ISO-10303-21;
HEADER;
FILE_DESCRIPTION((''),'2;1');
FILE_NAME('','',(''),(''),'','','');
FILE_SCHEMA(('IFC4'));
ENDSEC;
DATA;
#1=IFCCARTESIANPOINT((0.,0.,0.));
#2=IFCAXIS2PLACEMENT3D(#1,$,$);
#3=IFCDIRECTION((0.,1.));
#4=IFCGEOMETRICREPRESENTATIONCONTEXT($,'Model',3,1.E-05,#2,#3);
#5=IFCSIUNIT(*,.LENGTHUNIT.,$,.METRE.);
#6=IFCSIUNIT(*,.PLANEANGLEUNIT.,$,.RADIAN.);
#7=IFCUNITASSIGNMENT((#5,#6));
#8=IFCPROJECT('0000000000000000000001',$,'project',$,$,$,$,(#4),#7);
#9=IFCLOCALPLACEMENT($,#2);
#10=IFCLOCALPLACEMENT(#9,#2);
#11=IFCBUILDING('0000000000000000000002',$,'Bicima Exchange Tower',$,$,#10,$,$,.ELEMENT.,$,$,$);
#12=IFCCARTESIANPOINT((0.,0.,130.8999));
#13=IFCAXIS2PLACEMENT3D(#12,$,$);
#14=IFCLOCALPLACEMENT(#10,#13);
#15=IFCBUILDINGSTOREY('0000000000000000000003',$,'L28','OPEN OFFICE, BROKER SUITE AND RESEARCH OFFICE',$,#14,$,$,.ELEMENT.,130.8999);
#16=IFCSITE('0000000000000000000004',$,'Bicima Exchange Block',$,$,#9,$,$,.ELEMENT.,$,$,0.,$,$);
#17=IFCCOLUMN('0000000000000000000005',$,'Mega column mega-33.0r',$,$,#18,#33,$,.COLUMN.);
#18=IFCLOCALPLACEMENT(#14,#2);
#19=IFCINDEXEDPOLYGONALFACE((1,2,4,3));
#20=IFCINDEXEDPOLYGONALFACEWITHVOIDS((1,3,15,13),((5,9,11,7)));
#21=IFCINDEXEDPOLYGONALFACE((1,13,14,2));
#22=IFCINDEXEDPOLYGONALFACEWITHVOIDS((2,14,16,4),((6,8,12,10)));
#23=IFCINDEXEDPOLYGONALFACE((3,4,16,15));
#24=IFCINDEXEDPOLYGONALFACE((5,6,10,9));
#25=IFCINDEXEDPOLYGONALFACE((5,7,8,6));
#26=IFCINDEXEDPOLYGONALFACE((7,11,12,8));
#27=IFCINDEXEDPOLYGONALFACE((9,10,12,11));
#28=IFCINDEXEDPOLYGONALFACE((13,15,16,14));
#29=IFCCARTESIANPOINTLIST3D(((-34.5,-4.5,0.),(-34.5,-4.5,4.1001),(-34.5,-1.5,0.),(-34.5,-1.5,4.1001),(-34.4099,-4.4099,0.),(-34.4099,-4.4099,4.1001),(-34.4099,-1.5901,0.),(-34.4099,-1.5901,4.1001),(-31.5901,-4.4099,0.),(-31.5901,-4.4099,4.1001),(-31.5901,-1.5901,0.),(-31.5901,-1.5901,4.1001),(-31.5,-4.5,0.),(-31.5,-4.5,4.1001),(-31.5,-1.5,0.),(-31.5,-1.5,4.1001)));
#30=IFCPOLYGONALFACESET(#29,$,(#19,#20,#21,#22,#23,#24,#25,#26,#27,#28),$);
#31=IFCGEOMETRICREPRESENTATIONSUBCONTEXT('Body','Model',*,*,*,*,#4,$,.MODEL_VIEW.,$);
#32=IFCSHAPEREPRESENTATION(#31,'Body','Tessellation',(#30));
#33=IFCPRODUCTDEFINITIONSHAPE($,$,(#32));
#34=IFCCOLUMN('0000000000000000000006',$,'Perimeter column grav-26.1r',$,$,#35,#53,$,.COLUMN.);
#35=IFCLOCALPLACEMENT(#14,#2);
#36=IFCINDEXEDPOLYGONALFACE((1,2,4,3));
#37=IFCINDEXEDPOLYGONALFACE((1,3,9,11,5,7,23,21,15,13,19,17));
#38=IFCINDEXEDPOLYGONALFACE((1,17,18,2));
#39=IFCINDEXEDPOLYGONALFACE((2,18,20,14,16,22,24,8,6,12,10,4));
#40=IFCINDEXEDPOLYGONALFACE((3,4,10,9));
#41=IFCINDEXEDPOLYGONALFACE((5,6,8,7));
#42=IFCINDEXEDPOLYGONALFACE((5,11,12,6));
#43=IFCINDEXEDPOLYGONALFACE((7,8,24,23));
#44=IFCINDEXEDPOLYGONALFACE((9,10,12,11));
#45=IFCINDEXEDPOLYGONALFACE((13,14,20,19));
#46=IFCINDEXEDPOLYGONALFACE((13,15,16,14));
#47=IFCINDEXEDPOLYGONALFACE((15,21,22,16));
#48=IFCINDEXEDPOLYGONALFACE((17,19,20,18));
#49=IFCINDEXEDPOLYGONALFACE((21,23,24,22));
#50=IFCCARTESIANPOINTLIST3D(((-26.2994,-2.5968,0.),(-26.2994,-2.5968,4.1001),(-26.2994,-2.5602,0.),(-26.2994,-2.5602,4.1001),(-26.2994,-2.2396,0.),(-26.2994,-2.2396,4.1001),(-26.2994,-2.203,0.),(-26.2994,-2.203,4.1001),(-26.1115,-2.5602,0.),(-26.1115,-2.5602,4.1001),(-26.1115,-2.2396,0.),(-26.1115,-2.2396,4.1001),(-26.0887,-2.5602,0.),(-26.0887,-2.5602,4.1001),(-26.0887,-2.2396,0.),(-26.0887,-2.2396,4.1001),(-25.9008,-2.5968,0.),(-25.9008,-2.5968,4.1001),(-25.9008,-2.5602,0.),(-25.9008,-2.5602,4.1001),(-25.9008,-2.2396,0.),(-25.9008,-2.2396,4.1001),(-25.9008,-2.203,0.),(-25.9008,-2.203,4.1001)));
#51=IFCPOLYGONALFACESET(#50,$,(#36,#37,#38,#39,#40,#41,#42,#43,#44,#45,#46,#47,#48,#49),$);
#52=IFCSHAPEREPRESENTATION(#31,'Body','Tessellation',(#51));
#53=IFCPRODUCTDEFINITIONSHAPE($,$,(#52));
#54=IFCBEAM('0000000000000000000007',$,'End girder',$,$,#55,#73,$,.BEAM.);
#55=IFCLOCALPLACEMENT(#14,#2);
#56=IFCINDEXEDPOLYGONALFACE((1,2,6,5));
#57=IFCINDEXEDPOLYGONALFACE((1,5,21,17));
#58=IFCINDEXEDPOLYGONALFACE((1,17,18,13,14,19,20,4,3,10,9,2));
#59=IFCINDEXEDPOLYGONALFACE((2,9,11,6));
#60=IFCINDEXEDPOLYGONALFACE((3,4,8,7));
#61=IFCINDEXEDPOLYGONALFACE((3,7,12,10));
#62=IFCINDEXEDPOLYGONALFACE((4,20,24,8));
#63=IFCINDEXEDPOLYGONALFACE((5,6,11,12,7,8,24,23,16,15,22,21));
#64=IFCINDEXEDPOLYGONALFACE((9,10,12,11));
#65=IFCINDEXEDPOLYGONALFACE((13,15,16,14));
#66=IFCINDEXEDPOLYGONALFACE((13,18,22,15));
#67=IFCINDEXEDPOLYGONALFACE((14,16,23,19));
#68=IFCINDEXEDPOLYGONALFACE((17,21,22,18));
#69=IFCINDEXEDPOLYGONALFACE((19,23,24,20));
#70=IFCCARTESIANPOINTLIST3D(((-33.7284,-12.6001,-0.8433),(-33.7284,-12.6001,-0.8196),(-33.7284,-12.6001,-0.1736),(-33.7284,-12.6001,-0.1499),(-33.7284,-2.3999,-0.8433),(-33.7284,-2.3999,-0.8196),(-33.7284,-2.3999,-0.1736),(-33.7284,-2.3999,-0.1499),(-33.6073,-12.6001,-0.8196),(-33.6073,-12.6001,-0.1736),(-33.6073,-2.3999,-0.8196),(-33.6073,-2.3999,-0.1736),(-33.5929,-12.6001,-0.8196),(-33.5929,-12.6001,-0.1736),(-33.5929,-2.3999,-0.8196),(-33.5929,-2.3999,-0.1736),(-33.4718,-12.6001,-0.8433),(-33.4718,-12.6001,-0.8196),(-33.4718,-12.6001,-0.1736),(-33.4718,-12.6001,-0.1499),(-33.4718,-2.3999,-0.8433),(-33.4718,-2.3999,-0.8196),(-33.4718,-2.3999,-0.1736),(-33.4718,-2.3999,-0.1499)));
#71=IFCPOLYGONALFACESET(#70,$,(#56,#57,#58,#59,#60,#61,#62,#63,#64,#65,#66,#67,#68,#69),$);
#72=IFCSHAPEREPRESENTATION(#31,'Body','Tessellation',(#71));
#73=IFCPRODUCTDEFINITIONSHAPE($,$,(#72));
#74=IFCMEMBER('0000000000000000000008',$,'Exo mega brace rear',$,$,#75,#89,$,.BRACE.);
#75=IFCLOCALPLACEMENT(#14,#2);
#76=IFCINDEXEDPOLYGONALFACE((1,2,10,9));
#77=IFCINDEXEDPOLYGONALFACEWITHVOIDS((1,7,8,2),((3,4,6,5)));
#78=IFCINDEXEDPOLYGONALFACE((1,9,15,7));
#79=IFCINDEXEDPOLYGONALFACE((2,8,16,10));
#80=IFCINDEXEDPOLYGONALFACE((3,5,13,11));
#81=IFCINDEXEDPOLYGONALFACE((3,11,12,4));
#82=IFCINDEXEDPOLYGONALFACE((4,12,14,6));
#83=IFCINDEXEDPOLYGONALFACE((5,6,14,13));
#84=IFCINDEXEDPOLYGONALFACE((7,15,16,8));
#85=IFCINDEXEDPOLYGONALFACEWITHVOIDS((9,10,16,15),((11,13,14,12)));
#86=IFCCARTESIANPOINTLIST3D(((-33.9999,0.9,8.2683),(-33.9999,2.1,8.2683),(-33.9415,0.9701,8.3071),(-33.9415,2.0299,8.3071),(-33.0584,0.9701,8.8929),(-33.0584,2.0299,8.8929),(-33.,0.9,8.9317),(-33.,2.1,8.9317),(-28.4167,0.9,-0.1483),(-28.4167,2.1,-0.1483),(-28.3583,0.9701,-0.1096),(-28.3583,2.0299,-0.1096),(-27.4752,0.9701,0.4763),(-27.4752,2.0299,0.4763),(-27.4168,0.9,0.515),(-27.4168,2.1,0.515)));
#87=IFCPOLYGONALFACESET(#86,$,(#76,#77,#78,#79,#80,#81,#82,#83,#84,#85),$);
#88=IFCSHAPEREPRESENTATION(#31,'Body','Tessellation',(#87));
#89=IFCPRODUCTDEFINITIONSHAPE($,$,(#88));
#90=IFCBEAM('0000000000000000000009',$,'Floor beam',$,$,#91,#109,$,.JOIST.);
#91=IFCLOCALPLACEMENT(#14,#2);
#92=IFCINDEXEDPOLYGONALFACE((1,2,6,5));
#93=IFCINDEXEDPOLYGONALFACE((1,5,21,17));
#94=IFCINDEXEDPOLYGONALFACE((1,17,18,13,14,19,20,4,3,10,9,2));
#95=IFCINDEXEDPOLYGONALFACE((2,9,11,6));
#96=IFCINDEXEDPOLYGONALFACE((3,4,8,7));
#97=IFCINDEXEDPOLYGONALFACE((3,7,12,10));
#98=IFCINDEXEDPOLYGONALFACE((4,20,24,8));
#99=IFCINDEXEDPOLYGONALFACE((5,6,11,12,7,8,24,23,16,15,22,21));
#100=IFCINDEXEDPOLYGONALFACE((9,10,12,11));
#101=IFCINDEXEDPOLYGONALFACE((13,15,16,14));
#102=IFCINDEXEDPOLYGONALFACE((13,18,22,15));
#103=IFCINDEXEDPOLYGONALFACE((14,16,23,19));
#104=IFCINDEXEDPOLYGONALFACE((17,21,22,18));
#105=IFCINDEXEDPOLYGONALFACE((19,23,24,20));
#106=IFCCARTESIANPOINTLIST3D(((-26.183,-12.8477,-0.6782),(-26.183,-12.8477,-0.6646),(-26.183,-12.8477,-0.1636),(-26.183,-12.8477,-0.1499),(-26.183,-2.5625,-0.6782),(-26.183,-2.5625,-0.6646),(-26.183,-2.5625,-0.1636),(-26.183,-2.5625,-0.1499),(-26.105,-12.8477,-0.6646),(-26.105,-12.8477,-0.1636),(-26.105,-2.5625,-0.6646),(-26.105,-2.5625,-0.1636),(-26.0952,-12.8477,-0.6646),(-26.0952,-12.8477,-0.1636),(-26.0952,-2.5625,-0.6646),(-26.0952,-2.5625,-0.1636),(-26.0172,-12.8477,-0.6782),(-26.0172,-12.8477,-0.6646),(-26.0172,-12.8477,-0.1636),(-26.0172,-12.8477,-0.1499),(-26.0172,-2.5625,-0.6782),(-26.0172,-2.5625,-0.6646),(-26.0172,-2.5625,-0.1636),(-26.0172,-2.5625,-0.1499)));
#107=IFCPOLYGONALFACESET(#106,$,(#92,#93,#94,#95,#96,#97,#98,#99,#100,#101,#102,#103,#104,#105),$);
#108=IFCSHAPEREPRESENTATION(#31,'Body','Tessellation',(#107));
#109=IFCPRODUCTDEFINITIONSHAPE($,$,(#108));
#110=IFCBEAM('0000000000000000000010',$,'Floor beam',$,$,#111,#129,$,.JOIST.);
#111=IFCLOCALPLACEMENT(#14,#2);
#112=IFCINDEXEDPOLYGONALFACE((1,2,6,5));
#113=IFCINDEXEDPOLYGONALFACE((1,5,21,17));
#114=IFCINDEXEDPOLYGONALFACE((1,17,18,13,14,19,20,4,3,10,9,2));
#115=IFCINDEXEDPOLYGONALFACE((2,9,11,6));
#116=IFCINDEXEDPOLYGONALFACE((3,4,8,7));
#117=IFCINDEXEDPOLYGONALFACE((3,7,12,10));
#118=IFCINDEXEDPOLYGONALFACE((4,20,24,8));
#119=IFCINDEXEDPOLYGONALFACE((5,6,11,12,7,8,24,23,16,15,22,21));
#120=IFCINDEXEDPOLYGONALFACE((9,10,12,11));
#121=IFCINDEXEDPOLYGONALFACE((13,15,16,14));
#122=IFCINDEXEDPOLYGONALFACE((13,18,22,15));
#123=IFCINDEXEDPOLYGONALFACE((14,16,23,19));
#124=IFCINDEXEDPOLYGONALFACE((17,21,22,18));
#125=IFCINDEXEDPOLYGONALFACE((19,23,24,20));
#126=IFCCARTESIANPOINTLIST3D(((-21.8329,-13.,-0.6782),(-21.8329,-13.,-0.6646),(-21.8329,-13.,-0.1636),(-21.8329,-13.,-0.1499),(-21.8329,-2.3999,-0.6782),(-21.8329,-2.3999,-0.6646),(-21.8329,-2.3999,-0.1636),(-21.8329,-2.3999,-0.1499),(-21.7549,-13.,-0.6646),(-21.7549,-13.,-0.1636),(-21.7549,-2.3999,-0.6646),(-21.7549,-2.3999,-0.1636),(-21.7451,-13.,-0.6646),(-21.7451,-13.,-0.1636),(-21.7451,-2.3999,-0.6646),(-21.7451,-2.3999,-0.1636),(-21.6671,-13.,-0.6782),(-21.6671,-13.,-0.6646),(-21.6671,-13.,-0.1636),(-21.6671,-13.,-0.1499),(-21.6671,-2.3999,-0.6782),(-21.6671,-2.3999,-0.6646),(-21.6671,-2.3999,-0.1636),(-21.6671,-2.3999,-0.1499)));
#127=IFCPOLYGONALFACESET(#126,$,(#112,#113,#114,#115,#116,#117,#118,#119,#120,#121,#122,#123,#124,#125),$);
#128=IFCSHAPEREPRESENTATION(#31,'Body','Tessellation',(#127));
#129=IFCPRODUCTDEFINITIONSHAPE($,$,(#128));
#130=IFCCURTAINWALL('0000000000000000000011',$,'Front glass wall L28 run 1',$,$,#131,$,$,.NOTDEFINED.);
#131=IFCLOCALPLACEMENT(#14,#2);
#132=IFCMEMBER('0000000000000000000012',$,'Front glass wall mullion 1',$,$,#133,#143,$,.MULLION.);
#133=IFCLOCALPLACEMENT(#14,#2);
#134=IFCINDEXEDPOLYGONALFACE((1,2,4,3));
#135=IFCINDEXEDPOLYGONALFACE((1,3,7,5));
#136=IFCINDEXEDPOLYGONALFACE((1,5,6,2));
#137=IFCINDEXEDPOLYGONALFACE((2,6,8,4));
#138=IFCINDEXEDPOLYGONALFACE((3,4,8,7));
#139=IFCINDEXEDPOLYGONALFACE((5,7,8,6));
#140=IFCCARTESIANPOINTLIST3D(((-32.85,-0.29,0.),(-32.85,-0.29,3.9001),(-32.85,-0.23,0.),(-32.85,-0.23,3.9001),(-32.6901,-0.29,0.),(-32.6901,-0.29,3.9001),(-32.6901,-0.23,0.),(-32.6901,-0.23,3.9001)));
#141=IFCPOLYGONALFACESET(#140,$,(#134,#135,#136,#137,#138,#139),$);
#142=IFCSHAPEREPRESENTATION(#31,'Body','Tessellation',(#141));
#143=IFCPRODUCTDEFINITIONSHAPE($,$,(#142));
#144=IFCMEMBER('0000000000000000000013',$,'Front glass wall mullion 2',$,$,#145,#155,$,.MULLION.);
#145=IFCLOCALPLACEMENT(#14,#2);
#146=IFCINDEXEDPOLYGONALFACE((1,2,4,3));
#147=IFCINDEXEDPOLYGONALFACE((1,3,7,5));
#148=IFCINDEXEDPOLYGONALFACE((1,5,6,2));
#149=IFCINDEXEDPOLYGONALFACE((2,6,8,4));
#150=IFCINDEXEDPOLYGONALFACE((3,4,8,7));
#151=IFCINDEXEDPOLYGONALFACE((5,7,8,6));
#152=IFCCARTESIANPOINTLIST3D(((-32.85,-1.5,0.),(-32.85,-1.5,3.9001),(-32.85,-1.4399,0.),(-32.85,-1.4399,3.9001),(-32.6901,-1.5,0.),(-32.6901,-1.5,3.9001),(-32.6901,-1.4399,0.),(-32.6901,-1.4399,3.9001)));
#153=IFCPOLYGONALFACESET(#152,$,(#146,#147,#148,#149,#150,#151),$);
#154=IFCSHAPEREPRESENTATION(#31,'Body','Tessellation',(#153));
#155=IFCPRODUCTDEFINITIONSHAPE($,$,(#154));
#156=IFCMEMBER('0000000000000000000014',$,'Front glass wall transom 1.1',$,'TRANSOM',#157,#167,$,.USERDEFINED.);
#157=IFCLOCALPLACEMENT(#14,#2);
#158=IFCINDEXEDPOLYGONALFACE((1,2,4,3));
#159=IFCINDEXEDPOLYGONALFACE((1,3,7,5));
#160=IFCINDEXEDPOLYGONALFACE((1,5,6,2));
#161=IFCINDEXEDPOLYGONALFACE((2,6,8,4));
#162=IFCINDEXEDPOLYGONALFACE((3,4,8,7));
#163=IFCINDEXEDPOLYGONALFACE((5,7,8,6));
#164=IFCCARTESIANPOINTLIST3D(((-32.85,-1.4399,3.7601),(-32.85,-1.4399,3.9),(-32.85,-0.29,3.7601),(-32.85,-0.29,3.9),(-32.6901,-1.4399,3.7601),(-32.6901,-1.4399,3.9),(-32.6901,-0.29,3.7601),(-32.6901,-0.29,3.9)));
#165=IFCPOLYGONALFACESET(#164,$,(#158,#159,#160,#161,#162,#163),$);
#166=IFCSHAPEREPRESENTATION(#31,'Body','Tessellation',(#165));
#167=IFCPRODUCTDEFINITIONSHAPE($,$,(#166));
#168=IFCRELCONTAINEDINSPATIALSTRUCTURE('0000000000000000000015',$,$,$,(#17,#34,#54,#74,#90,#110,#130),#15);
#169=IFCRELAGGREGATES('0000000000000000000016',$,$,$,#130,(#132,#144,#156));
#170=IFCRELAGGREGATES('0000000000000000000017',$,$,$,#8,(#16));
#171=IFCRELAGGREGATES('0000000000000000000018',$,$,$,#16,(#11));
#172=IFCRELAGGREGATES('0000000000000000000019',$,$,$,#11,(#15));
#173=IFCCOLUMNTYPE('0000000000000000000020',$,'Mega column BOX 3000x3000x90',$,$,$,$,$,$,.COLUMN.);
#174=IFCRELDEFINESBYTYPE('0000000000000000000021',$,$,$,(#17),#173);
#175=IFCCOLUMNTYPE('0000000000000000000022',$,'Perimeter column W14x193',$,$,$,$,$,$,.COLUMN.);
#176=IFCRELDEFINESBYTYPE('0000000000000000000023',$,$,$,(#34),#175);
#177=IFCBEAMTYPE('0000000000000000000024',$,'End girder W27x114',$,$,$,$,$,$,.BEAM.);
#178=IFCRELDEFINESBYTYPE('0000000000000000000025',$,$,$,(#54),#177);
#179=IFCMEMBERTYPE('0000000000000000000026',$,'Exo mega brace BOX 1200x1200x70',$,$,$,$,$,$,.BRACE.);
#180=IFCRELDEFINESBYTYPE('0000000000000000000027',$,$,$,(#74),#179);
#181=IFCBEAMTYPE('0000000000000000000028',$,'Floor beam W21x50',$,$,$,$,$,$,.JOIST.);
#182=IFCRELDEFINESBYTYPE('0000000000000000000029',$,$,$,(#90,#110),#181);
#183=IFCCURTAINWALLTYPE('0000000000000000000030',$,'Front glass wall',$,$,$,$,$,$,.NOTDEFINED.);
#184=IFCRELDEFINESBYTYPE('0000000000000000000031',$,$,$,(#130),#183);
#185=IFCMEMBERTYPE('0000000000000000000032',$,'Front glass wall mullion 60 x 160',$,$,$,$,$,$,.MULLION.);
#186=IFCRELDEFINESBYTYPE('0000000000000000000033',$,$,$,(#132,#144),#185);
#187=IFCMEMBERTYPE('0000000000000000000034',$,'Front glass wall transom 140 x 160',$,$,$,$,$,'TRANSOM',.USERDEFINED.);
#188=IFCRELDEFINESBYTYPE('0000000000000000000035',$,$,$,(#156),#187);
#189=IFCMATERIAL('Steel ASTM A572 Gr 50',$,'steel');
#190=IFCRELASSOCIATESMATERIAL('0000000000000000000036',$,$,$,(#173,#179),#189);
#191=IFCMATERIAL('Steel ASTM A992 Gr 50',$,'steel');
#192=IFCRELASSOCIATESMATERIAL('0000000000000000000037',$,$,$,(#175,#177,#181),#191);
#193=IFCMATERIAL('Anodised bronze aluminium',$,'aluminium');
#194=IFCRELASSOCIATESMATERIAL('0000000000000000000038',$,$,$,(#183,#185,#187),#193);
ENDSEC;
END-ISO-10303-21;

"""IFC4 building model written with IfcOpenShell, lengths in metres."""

from ifc_helpers import new_model, si_unit, direction, frame, origin, origin_2d, place, context, subcontext, project, spatial, rectangle, hollow_rectangle, i_section, extrude, material, material_profile, profile_set, type_object, element, aggregate, save


model = new_model("IFC4")

# Units and contexts
model_context = context("Model", 3, precision=1e-05, world=origin(), true_north=direction((0.0, 1.0)))
body_context = subcontext(model_context, "Body", "Model", "MODEL_VIEW")
ifc_project = project(units=[si_unit("LENGTHUNIT", "METRE"), si_unit("PLANEANGLEUNIT", "RADIAN")], contexts=[model_context])

# Site, building, storey
site_placement = place(None, origin())
site = spatial("IfcSite", under=ifc_project, at=site_placement, Name="Bicima Exchange Block", CompositionType="ELEMENT", RefElevation=0.0)
building_placement = place(site_placement, origin())
building = spatial("IfcBuilding", under=site, at=building_placement, Name="Bicima Exchange Tower", CompositionType="ELEMENT")
storey_placement = place(building_placement, frame((0.0, 0.0, 130.8999)))
storey = spatial("IfcBuildingStorey", under=building, at=storey_placement, Name="L28", Description="OPEN OFFICE, BROKER SUITE AND RESEARCH OFFICE", CompositionType="ELEMENT", Elevation=130.8999)

# Columns
ifc_material_1 = material(Name="Steel ASTM A572 Gr 50", Category="steel")
ifc_material_profile_1 = material_profile(ifc_material_1, hollow_rectangle(XDim=3.0, YDim=3.0, WallThickness=0.0901, at=origin_2d()))
ifc_profile_set_1 = profile_set([ifc_material_profile_1], Name="Steel ASTM A572 Gr 50")
column_type_1 = type_object("IfcColumnType", Name="Mega column BOX 3000x3000x90", PredefinedType="COLUMN", material=ifc_profile_set_1)
column_1_placement = place(storey_placement, frame((-33.0, -3.0, 0.0), z_axis=(0.0, 0.0, 1.0), x_axis=(1.0, 0.0, 0.0)))
element("IfcColumn", 1, at=column_1_placement, inside=storey, type_object=column_type_1, Name="Mega column mega-33.0r", PredefinedType="COLUMN", context=body_context, shape_type="SweptSolid", body=[
    extrude(hollow_rectangle(XDim=3.0, YDim=3.0, WallThickness=0.0901, at=origin_2d()), origin(), (0.0, 0.0, 1.0), 4.1001),
])
ifc_material_2 = material(Name="Steel ASTM A992 Gr 50", Category="steel")
ifc_material_profile_2 = material_profile(ifc_material_2, i_section(OverallWidth=0.3987, OverallDepth=0.3938, WebThickness=0.0227, FlangeThickness=0.0366, at=origin_2d()))
ifc_profile_set_2 = profile_set([ifc_material_profile_2], Name="Steel ASTM A992 Gr 50")
column_type_2 = type_object("IfcColumnType", Name="Perimeter column W14x193", PredefinedType="COLUMN", material=ifc_profile_set_2)
column_2_placement = place(storey_placement, frame((-26.1001, -2.3999, 0.0), z_axis=(0.0, 0.0, 1.0), x_axis=(1.0, 0.0, 0.0)))
element("IfcColumn", 2, at=column_2_placement, inside=storey, type_object=column_type_2, Name="Perimeter column grav-26.1r", PredefinedType="COLUMN", context=body_context, shape_type="SweptSolid", body=[
    extrude(i_section(OverallWidth=0.3987, OverallDepth=0.3938, WebThickness=0.0227, FlangeThickness=0.0366, at=origin_2d()), origin(), (0.0, 0.0, 1.0), 4.1001),
])

# Beam
ifc_material_profile_3 = material_profile(ifc_material_2, i_section(OverallWidth=0.2566, OverallDepth=0.6934, WebThickness=0.0144, FlangeThickness=0.0237, at=origin_2d()))
ifc_profile_set_3 = profile_set([ifc_material_profile_3], Name="Steel ASTM A992 Gr 50")
beam_type_1 = type_object("IfcBeamType", Name="End girder W27x114", PredefinedType="BEAM", material=ifc_profile_set_3)
beam_1_placement = place(storey_placement, frame((-33.6001, -2.3999, -0.4966), z_axis=(0.0, -1.0, 0.0), x_axis=(1.0, 0.0, 0.0)))
element("IfcBeam", 3, at=beam_1_placement, inside=storey, type_object=beam_type_1, Name="End girder", PredefinedType="BEAM", context=body_context, shape_type="SweptSolid", body=[
    extrude(i_section(OverallWidth=0.2566, OverallDepth=0.6934, WebThickness=0.0144, FlangeThickness=0.0237, at=origin_2d()), origin(), (0.0, 0.0, 1.0), 10.2002),
])

# Member
ifc_material_profile_4 = material_profile(ifc_material_1, hollow_rectangle(XDim=1.2, YDim=1.2, WallThickness=0.0701, at=origin_2d()))
ifc_profile_set_4 = profile_set([ifc_material_profile_4], Name="Steel ASTM A572 Gr 50")
member_type_1 = type_object("IfcMemberType", Name="Exo mega brace BOX 1200x1200x70", PredefinedType="BRACE", material=ifc_profile_set_4)
member_1_placement = place(storey_placement, frame((-27.9167, 1.5, 0.1833), z_axis=(-0.552785, 0.0, 0.833324), x_axis=(0.0, -1.0, 0.0)))
element("IfcMember", 4, at=member_1_placement, inside=storey, type_object=member_type_1, Name="Exo mega brace rear", PredefinedType="BRACE", context=body_context, shape_type="SweptSolid", body=[
    extrude(hollow_rectangle(XDim=1.2, YDim=1.2, WallThickness=0.0701, at=origin_2d()), origin(), (0.0, 0.0, 1.0), 10.1001),
])

# Beams
ifc_material_profile_5 = material_profile(ifc_material_2, i_section(OverallWidth=0.1658, OverallDepth=0.5283, WebThickness=0.0098, FlangeThickness=0.0137, at=origin_2d()))
ifc_profile_set_5 = profile_set([ifc_material_profile_5], Name="Steel ASTM A992 Gr 50")
beam_type_2 = type_object("IfcBeamType", Name="Floor beam W21x50", PredefinedType="JOIST", material=ifc_profile_set_5)
beam_2_placement = place(storey_placement, frame((-26.1001, -2.5625, -0.4141), z_axis=(0.0, -1.0, 0.0), x_axis=(1.0, 0.0, 0.0)))
element("IfcBeam", 5, at=beam_2_placement, inside=storey, type_object=beam_type_2, Name="Floor beam", PredefinedType="JOIST", context=body_context, shape_type="SweptSolid", body=[
    extrude(i_section(OverallWidth=0.1658, OverallDepth=0.5283, WebThickness=0.0098, FlangeThickness=0.0137, at=origin_2d()), origin(), (0.0, 0.0, 1.0), 10.2852),
])
beam_3_placement = place(storey_placement, frame((-21.75, -2.3999, -0.4141), z_axis=(0.0, -1.0, 0.0), x_axis=(1.0, 0.0, 0.0)))
element("IfcBeam", 6, at=beam_3_placement, inside=storey, type_object=beam_type_2, Name="Floor beam", PredefinedType="JOIST", context=body_context, shape_type="SweptSolid", body=[
    extrude(i_section(OverallWidth=0.1658, OverallDepth=0.5283, WebThickness=0.0098, FlangeThickness=0.0137, at=origin_2d()), origin(), (0.0, 0.0, 1.0), 10.6001),
])

# Curtain wall, members
ifc_material_3 = material(Name="Anodised bronze aluminium", Category="aluminium")
curtain_wall_type = type_object("IfcCurtainWallType", Name="Front glass wall", PredefinedType="NOTDEFINED", material=ifc_material_3)
curtain_wall_placement = place(storey_placement, origin())
curtain_wall = element("IfcCurtainWall", 7, at=curtain_wall_placement, inside=storey, type_object=curtain_wall_type, Name="Front glass wall L28 run 1", PredefinedType="NOTDEFINED")
ifc_material_profile_6 = material_profile(ifc_material_3, rectangle(XDim=0.1599, YDim=0.0601, at=origin_2d()))
ifc_profile_set_6 = profile_set([ifc_material_profile_6], Name="Anodised bronze aluminium")
member_type_2 = type_object("IfcMemberType", Name="Front glass wall mullion 60 x 160", PredefinedType="MULLION", material=ifc_profile_set_6)
member_2_placement = place(storey_placement, frame((-32.77, -0.26, 0.0), z_axis=(0.0, 0.0, 1.0), x_axis=(1.0, 0.0, 0.0)))
member_2 = element("IfcMember", 8, at=member_2_placement, type_object=member_type_2, Name="Front glass wall mullion 1", PredefinedType="MULLION", context=body_context, shape_type="SweptSolid", body=[
    extrude(rectangle(XDim=0.1599, YDim=0.0601, at=origin_2d()), origin(), (0.0, 0.0, 1.0), 3.9001),
])
member_3_placement = place(storey_placement, frame((-32.77, -1.47, 0.0), z_axis=(0.0, 0.0, 1.0), x_axis=(1.0, 0.0, 0.0)))
member_3 = element("IfcMember", 9, at=member_3_placement, type_object=member_type_2, Name="Front glass wall mullion 2", PredefinedType="MULLION", context=body_context, shape_type="SweptSolid", body=[
    extrude(rectangle(XDim=0.1599, YDim=0.0601, at=origin_2d()), origin(), (0.0, 0.0, 1.0), 3.9001),
])
ifc_material_profile_7 = material_profile(ifc_material_3, rectangle(XDim=0.1599, YDim=0.1399, at=origin_2d()))
ifc_profile_set_7 = profile_set([ifc_material_profile_7], Name="Anodised bronze aluminium")
member_type_3 = type_object("IfcMemberType", Name="Front glass wall transom 140 x 160", ElementType="TRANSOM", PredefinedType="USERDEFINED", material=ifc_profile_set_7)
member_4_placement = place(storey_placement, frame((-32.77, -0.29, 3.8301), z_axis=(0.0, -1.0, 0.0), x_axis=(1.0, 0.0, 0.0)))
member_4 = element("IfcMember", 10, at=member_4_placement, type_object=member_type_3, Name="Front glass wall transom 1.1", ObjectType="TRANSOM", PredefinedType="USERDEFINED", context=body_context, shape_type="SweptSolid", body=[
    extrude(rectangle(XDim=0.1599, YDim=0.1399, at=origin_2d()), origin(), (0.0, 0.0, 1.0), 1.1499),
])

aggregate(curtain_wall, [member_2, member_3, member_4])

save(model, "model.ifc")
